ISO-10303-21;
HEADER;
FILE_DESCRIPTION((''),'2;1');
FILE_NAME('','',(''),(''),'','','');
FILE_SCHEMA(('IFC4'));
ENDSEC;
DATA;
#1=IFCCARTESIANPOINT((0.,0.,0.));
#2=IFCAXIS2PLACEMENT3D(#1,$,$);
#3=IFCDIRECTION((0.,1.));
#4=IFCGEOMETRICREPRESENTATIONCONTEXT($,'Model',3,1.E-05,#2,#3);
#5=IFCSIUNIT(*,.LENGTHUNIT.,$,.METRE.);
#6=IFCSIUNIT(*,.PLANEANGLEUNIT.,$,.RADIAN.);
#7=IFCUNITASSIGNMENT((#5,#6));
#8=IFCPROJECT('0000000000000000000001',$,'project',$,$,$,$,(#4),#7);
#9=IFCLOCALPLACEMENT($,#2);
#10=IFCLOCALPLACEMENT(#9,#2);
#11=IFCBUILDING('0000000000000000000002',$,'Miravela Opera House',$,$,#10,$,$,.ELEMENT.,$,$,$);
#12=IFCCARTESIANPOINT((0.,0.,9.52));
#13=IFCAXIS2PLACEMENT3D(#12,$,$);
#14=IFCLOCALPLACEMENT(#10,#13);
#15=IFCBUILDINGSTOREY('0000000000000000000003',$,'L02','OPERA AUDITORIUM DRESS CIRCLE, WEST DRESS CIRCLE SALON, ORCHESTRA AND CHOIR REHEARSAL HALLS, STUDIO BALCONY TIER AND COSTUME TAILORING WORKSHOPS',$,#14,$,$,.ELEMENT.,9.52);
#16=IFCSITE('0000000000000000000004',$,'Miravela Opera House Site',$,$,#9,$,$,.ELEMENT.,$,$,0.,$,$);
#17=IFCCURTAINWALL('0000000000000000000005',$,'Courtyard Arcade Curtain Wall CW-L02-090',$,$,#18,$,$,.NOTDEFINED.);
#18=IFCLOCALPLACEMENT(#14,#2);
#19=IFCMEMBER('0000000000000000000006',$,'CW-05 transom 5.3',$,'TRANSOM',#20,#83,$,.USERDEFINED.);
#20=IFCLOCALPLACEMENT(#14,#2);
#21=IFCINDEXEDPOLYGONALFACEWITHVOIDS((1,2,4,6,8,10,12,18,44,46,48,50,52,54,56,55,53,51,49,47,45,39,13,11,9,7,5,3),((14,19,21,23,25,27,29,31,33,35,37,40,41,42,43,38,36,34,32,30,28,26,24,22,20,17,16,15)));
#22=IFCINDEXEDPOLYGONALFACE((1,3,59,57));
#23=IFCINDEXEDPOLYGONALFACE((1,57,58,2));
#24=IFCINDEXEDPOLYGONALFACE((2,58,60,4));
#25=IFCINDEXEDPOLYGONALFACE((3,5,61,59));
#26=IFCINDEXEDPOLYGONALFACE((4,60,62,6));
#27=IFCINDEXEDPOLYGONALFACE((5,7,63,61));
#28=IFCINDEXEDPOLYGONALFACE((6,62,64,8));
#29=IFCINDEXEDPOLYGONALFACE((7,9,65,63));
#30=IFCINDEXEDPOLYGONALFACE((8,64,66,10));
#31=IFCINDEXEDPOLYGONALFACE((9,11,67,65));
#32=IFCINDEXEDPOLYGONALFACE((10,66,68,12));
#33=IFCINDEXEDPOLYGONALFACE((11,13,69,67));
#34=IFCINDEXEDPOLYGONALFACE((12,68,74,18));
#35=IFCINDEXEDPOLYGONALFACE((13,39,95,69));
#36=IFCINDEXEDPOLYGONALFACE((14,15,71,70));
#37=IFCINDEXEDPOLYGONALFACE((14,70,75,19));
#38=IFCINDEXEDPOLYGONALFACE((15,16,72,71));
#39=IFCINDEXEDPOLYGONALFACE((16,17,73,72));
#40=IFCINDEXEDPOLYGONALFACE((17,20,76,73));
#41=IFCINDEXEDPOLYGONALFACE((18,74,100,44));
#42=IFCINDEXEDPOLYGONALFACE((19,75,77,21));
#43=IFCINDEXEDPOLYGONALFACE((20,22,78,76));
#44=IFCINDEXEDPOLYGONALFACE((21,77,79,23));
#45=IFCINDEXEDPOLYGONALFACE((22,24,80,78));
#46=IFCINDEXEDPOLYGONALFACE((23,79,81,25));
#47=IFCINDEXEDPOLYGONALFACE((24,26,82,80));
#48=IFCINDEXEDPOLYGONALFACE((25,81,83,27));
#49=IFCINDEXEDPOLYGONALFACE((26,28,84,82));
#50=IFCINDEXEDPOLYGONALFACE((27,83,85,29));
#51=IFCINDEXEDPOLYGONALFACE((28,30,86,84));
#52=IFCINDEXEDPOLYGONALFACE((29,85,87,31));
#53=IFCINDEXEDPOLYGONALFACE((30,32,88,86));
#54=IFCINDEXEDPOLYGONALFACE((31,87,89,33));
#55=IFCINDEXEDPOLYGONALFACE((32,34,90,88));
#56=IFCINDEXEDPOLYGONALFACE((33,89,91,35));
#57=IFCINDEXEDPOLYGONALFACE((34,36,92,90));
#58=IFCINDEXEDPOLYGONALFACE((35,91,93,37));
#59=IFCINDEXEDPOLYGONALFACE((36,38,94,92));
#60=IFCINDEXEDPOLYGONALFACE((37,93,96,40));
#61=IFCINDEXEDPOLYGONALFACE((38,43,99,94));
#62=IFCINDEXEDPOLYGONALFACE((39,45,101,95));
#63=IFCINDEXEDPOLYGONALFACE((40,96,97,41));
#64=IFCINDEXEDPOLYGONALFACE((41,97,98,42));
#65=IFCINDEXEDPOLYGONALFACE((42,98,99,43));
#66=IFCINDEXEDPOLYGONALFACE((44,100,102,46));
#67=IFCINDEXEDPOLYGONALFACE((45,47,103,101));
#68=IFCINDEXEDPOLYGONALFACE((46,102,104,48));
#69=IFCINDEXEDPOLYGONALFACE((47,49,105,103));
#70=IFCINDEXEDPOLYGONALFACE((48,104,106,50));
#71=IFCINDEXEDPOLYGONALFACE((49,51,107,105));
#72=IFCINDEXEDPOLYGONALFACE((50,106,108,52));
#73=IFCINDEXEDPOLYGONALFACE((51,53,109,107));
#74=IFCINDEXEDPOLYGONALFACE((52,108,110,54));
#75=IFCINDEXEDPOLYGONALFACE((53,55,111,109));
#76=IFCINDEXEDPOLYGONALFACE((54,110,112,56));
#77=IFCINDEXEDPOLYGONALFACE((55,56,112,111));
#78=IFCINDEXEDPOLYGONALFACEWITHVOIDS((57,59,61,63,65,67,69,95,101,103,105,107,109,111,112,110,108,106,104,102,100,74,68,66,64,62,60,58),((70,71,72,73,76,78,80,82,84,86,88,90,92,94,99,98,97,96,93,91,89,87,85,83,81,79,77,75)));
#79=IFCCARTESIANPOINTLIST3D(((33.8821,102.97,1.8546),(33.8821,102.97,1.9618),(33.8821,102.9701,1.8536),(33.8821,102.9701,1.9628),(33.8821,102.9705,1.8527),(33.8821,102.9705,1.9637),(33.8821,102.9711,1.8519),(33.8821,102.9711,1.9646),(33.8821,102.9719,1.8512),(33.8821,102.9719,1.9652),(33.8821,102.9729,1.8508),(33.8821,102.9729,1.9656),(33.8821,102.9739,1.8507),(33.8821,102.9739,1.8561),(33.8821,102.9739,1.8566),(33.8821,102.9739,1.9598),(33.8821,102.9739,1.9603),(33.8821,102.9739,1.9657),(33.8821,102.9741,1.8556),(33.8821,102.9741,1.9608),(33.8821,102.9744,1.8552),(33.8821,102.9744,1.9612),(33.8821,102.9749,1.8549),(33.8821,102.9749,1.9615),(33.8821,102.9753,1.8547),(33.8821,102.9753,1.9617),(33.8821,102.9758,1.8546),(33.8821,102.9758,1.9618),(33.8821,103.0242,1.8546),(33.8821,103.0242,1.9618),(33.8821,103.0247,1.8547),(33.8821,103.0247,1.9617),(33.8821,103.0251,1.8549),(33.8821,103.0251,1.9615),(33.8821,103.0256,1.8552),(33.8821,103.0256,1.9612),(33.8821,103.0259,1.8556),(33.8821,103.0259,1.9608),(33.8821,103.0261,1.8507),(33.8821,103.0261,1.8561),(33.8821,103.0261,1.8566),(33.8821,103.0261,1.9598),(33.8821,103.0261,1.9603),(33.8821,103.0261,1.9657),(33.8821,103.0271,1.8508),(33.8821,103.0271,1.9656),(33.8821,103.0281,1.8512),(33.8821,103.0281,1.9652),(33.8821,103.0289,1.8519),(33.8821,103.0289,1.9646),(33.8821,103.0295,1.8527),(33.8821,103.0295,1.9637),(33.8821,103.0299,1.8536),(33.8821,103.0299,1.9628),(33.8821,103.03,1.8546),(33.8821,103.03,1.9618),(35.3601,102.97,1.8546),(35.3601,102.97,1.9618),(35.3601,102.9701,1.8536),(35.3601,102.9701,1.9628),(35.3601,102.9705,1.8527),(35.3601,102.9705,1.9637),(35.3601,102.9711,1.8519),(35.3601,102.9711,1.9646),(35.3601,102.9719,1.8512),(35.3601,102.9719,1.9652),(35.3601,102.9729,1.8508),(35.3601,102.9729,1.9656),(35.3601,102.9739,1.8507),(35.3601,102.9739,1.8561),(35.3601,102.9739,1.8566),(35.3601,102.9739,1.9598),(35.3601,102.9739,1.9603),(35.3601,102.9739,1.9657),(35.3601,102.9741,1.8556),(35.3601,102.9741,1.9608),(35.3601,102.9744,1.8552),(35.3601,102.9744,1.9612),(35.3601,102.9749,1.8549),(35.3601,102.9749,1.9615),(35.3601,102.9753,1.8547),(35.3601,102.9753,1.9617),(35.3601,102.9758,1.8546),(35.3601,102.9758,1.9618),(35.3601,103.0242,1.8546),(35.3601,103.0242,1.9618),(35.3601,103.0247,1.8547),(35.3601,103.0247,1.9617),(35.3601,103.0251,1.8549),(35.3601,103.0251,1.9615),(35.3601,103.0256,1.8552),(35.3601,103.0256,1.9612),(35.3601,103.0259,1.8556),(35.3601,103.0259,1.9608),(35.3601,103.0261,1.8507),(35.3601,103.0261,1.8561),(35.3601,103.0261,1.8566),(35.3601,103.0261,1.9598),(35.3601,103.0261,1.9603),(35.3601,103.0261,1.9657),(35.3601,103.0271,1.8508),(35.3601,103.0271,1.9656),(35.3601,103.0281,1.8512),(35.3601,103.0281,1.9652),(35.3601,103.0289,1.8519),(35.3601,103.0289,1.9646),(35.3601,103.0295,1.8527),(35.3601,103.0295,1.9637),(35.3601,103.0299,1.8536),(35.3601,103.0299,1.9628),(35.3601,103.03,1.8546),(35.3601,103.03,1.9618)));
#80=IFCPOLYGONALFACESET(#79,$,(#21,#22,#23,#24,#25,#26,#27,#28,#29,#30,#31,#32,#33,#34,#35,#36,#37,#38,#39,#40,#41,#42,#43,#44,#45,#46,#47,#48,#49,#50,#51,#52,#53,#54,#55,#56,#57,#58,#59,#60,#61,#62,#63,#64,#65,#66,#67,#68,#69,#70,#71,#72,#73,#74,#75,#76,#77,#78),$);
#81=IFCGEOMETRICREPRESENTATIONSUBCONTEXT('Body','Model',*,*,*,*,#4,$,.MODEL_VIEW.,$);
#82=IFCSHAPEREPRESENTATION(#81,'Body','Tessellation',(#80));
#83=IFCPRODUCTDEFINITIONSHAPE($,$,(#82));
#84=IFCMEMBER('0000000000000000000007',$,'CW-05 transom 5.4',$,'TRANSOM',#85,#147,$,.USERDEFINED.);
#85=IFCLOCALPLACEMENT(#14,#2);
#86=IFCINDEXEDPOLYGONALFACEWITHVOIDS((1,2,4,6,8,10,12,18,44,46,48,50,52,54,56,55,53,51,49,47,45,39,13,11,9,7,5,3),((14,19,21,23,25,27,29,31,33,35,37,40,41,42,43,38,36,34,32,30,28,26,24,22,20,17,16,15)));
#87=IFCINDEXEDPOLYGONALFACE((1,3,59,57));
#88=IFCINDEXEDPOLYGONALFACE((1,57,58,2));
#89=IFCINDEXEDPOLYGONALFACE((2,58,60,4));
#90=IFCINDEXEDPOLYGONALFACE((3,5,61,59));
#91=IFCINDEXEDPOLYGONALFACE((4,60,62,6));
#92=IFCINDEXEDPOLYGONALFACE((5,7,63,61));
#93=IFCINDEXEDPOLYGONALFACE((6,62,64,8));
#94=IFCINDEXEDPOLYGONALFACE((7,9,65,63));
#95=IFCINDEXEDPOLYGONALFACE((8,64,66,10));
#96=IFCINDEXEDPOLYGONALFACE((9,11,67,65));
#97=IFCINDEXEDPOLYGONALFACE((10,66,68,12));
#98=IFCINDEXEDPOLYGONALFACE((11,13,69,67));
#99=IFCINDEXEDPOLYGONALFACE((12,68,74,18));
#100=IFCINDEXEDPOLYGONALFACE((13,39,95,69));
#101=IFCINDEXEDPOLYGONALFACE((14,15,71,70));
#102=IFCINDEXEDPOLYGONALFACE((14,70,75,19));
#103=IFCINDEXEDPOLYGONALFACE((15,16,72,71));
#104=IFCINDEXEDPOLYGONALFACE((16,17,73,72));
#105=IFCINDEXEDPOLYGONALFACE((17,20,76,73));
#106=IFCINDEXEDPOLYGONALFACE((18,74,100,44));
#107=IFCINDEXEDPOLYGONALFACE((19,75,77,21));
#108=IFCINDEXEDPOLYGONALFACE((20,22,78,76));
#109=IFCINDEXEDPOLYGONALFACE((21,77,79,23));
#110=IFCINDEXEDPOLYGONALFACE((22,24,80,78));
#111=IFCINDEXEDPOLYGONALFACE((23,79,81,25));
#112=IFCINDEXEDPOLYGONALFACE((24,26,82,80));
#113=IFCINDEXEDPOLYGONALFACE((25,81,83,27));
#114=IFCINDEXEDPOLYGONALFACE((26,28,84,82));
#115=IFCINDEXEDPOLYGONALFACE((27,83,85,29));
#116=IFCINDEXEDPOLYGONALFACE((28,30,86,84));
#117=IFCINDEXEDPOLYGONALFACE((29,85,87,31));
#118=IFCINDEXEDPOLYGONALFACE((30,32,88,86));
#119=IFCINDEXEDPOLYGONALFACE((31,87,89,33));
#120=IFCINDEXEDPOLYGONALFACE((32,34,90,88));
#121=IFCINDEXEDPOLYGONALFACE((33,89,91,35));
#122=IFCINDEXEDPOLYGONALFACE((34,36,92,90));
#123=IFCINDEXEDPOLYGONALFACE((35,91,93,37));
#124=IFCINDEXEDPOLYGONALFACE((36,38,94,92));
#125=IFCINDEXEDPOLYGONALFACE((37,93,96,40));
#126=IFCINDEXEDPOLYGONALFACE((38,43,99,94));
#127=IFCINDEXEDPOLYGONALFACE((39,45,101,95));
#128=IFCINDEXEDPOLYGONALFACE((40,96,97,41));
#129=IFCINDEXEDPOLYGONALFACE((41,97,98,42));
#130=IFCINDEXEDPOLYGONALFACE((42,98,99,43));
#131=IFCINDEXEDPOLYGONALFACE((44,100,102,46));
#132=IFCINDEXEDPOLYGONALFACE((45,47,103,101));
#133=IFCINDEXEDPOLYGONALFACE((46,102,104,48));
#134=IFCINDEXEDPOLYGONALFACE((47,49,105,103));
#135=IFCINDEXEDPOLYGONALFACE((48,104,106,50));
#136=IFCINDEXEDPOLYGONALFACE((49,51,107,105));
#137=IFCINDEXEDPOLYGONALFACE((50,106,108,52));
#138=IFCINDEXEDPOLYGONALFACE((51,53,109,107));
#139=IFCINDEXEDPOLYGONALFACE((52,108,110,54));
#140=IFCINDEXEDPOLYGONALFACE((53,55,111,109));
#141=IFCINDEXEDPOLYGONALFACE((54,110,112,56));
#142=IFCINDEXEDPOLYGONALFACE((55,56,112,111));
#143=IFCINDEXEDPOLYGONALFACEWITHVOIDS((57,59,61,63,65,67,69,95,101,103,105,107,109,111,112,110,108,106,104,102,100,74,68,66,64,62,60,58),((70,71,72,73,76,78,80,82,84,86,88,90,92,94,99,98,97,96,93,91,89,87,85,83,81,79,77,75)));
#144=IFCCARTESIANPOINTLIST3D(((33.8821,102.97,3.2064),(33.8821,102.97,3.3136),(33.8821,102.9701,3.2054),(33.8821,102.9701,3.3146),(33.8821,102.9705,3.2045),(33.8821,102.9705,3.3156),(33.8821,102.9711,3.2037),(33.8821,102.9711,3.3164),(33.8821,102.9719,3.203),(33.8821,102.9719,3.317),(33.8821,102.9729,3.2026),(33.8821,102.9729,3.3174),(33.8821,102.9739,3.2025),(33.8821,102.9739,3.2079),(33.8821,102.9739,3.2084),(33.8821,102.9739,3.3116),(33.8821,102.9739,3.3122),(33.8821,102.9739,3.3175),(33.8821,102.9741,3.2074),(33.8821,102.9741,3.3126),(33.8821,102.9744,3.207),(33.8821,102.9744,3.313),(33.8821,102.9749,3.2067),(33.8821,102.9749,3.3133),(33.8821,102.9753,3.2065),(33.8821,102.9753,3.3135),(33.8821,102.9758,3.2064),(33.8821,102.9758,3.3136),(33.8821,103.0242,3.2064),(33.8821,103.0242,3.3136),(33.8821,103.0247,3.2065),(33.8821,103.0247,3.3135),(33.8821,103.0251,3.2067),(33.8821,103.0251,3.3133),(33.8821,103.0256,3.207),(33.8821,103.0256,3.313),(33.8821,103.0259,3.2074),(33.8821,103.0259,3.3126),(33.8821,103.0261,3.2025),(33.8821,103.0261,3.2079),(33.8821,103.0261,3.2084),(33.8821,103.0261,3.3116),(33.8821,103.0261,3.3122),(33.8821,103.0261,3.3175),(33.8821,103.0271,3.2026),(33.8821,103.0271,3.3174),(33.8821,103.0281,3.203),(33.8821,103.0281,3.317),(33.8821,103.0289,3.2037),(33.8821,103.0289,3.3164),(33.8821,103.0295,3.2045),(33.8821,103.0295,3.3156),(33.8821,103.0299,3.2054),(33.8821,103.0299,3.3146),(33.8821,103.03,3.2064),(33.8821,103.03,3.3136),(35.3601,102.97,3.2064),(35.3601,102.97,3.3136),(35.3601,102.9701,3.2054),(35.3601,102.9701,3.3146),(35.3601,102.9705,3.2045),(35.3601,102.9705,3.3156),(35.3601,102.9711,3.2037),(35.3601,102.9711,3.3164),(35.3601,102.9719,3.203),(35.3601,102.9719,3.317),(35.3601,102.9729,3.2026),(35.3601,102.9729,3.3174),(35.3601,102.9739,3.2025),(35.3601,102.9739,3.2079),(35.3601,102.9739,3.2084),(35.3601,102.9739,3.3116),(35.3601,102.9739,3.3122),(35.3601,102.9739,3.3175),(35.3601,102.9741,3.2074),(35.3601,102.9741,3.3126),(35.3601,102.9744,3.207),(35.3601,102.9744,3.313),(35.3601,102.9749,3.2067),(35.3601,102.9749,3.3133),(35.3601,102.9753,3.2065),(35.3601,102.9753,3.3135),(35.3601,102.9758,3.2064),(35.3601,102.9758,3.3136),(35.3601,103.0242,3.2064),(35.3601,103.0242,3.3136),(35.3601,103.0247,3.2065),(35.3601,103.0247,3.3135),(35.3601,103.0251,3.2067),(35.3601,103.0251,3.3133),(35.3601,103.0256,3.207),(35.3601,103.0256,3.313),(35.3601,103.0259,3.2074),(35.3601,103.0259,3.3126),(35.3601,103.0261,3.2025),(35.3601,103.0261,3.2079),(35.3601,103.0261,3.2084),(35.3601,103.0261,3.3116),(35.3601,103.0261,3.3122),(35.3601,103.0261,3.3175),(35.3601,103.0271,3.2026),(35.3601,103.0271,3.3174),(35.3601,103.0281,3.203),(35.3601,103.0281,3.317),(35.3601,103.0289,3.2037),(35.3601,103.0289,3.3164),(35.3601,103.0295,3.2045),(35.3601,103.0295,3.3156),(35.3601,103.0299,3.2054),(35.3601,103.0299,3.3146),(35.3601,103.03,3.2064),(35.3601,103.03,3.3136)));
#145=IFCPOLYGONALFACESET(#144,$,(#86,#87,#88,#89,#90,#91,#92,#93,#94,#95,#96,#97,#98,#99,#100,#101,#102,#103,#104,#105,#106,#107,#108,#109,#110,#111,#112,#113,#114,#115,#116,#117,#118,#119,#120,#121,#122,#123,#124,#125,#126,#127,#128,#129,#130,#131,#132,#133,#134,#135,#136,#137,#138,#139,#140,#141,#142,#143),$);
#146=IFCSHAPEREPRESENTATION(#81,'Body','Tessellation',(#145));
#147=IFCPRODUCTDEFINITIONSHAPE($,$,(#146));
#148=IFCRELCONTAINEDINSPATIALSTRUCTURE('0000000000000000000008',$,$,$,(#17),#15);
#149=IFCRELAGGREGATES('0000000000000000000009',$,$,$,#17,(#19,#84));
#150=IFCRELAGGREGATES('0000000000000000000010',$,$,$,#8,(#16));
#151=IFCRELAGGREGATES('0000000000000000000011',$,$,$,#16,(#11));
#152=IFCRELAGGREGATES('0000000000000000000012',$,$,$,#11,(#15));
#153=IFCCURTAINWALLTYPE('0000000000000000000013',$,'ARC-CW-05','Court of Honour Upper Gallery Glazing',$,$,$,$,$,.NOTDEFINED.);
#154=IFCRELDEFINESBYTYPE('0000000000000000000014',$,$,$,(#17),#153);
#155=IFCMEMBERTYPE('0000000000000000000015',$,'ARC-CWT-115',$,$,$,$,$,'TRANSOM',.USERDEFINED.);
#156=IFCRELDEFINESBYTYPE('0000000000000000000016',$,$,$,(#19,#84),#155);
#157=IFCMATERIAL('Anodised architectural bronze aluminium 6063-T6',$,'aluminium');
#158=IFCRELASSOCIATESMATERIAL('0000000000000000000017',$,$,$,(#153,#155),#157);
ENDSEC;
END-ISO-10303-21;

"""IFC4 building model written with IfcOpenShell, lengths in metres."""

from ifc_helpers import new_model, si_unit, direction, frame, origin, origin_2d, place, context, subcontext, project, spatial, hollow_rectangle, extrude, material, material_profile, profile_set, type_object, element, aggregate, save


model = new_model("IFC4")

# Units and contexts
model_context = context("Model", 3, precision=1e-05, world=origin(), true_north=direction((0.0, 1.0)))
body_context = subcontext(model_context, "Body", "Model", "MODEL_VIEW")
ifc_project = project(units=[si_unit("LENGTHUNIT", "METRE"), si_unit("PLANEANGLEUNIT", "RADIAN")], contexts=[model_context])

# Site, building, storey
site_placement = place(None, origin())
site = spatial("IfcSite", under=ifc_project, at=site_placement, Name="Miravela Opera House Site", CompositionType="ELEMENT", RefElevation=0.0)
building_placement = place(site_placement, origin())
building = spatial("IfcBuilding", under=site, at=building_placement, Name="Miravela Opera House", CompositionType="ELEMENT")
storey_placement = place(building_placement, frame((0.0, 0.0, 9.52)))
storey = spatial("IfcBuildingStorey", under=building, at=storey_placement, Name="L02", Description="OPERA AUDITORIUM DRESS CIRCLE, WEST DRESS CIRCLE SALON, ORCHESTRA AND CHOIR REHEARSAL HALLS, STUDIO BALCONY TIER AND COSTUME TAILORING WORKSHOPS", CompositionType="ELEMENT", Elevation=9.52)

# Curtain wall
ifc_material_1 = material(Name="Anodised architectural bronze aluminium 6063-T6", Category="aluminium")
curtain_wall_type = type_object("IfcCurtainWallType", Name="ARC-CW-05", Description="Court of Honour Upper Gallery Glazing", PredefinedType="NOTDEFINED", material=ifc_material_1)
curtain_wall_1_placement = place(storey_placement, origin())
curtain_wall_1 = element("IfcCurtainWall", 1, at=curtain_wall_1_placement, inside=storey, type_object=curtain_wall_type, Name="Courtyard Arcade Curtain Wall CW-L02-090", PredefinedType="NOTDEFINED")

# Members
ifc_material_profile_1 = material_profile(ifc_material_1, hollow_rectangle(XDim=0.0601, YDim=0.115, WallThickness=0.0039, InnerFilletRadius=0.002, OuterFilletRadius=0.0039, at=origin_2d()), Name="CWT-60X115")
ifc_profile_set_1 = profile_set([ifc_material_profile_1])
member_type_1 = type_object("IfcMemberType", Name="ARC-CWT-115", ElementType="TRANSOM", PredefinedType="USERDEFINED", material=ifc_profile_set_1)
member_1_placement = place(storey_placement, frame((33.8821, 103.0, 1.9082), z_axis=(1.0, 0.0, 0.0), x_axis=(0.0, 1.0, 0.0)))
member_1 = element("IfcMember", 2, at=member_1_placement, type_object=member_type_1, Name="CW-05 transom 5.3", ObjectType="TRANSOM", PredefinedType="USERDEFINED", context=body_context, shape_type="SweptSolid", body=[
    extrude(hollow_rectangle(XDim=0.0601, YDim=0.115, WallThickness=0.0039, InnerFilletRadius=0.002, OuterFilletRadius=0.0039, at=origin_2d()), origin(), (0.0, 0.0, 1.0), 1.478),
])
member_2_placement = place(storey_placement, frame((33.8821, 103.0, 3.26), z_axis=(1.0, 0.0, 0.0), x_axis=(0.0, 1.0, 0.0)))
member_2 = element("IfcMember", 3, at=member_2_placement, type_object=member_type_1, Name="CW-05 transom 5.4", ObjectType="TRANSOM", PredefinedType="USERDEFINED", context=body_context, shape_type="SweptSolid", body=[
    extrude(hollow_rectangle(XDim=0.0601, YDim=0.115, WallThickness=0.0039, InnerFilletRadius=0.002, OuterFilletRadius=0.0039, at=origin_2d()), origin(), (0.0, 0.0, 1.0), 1.478),
])

aggregate(curtain_wall_1, [member_1, member_2])

save(model, "model.ifc")
